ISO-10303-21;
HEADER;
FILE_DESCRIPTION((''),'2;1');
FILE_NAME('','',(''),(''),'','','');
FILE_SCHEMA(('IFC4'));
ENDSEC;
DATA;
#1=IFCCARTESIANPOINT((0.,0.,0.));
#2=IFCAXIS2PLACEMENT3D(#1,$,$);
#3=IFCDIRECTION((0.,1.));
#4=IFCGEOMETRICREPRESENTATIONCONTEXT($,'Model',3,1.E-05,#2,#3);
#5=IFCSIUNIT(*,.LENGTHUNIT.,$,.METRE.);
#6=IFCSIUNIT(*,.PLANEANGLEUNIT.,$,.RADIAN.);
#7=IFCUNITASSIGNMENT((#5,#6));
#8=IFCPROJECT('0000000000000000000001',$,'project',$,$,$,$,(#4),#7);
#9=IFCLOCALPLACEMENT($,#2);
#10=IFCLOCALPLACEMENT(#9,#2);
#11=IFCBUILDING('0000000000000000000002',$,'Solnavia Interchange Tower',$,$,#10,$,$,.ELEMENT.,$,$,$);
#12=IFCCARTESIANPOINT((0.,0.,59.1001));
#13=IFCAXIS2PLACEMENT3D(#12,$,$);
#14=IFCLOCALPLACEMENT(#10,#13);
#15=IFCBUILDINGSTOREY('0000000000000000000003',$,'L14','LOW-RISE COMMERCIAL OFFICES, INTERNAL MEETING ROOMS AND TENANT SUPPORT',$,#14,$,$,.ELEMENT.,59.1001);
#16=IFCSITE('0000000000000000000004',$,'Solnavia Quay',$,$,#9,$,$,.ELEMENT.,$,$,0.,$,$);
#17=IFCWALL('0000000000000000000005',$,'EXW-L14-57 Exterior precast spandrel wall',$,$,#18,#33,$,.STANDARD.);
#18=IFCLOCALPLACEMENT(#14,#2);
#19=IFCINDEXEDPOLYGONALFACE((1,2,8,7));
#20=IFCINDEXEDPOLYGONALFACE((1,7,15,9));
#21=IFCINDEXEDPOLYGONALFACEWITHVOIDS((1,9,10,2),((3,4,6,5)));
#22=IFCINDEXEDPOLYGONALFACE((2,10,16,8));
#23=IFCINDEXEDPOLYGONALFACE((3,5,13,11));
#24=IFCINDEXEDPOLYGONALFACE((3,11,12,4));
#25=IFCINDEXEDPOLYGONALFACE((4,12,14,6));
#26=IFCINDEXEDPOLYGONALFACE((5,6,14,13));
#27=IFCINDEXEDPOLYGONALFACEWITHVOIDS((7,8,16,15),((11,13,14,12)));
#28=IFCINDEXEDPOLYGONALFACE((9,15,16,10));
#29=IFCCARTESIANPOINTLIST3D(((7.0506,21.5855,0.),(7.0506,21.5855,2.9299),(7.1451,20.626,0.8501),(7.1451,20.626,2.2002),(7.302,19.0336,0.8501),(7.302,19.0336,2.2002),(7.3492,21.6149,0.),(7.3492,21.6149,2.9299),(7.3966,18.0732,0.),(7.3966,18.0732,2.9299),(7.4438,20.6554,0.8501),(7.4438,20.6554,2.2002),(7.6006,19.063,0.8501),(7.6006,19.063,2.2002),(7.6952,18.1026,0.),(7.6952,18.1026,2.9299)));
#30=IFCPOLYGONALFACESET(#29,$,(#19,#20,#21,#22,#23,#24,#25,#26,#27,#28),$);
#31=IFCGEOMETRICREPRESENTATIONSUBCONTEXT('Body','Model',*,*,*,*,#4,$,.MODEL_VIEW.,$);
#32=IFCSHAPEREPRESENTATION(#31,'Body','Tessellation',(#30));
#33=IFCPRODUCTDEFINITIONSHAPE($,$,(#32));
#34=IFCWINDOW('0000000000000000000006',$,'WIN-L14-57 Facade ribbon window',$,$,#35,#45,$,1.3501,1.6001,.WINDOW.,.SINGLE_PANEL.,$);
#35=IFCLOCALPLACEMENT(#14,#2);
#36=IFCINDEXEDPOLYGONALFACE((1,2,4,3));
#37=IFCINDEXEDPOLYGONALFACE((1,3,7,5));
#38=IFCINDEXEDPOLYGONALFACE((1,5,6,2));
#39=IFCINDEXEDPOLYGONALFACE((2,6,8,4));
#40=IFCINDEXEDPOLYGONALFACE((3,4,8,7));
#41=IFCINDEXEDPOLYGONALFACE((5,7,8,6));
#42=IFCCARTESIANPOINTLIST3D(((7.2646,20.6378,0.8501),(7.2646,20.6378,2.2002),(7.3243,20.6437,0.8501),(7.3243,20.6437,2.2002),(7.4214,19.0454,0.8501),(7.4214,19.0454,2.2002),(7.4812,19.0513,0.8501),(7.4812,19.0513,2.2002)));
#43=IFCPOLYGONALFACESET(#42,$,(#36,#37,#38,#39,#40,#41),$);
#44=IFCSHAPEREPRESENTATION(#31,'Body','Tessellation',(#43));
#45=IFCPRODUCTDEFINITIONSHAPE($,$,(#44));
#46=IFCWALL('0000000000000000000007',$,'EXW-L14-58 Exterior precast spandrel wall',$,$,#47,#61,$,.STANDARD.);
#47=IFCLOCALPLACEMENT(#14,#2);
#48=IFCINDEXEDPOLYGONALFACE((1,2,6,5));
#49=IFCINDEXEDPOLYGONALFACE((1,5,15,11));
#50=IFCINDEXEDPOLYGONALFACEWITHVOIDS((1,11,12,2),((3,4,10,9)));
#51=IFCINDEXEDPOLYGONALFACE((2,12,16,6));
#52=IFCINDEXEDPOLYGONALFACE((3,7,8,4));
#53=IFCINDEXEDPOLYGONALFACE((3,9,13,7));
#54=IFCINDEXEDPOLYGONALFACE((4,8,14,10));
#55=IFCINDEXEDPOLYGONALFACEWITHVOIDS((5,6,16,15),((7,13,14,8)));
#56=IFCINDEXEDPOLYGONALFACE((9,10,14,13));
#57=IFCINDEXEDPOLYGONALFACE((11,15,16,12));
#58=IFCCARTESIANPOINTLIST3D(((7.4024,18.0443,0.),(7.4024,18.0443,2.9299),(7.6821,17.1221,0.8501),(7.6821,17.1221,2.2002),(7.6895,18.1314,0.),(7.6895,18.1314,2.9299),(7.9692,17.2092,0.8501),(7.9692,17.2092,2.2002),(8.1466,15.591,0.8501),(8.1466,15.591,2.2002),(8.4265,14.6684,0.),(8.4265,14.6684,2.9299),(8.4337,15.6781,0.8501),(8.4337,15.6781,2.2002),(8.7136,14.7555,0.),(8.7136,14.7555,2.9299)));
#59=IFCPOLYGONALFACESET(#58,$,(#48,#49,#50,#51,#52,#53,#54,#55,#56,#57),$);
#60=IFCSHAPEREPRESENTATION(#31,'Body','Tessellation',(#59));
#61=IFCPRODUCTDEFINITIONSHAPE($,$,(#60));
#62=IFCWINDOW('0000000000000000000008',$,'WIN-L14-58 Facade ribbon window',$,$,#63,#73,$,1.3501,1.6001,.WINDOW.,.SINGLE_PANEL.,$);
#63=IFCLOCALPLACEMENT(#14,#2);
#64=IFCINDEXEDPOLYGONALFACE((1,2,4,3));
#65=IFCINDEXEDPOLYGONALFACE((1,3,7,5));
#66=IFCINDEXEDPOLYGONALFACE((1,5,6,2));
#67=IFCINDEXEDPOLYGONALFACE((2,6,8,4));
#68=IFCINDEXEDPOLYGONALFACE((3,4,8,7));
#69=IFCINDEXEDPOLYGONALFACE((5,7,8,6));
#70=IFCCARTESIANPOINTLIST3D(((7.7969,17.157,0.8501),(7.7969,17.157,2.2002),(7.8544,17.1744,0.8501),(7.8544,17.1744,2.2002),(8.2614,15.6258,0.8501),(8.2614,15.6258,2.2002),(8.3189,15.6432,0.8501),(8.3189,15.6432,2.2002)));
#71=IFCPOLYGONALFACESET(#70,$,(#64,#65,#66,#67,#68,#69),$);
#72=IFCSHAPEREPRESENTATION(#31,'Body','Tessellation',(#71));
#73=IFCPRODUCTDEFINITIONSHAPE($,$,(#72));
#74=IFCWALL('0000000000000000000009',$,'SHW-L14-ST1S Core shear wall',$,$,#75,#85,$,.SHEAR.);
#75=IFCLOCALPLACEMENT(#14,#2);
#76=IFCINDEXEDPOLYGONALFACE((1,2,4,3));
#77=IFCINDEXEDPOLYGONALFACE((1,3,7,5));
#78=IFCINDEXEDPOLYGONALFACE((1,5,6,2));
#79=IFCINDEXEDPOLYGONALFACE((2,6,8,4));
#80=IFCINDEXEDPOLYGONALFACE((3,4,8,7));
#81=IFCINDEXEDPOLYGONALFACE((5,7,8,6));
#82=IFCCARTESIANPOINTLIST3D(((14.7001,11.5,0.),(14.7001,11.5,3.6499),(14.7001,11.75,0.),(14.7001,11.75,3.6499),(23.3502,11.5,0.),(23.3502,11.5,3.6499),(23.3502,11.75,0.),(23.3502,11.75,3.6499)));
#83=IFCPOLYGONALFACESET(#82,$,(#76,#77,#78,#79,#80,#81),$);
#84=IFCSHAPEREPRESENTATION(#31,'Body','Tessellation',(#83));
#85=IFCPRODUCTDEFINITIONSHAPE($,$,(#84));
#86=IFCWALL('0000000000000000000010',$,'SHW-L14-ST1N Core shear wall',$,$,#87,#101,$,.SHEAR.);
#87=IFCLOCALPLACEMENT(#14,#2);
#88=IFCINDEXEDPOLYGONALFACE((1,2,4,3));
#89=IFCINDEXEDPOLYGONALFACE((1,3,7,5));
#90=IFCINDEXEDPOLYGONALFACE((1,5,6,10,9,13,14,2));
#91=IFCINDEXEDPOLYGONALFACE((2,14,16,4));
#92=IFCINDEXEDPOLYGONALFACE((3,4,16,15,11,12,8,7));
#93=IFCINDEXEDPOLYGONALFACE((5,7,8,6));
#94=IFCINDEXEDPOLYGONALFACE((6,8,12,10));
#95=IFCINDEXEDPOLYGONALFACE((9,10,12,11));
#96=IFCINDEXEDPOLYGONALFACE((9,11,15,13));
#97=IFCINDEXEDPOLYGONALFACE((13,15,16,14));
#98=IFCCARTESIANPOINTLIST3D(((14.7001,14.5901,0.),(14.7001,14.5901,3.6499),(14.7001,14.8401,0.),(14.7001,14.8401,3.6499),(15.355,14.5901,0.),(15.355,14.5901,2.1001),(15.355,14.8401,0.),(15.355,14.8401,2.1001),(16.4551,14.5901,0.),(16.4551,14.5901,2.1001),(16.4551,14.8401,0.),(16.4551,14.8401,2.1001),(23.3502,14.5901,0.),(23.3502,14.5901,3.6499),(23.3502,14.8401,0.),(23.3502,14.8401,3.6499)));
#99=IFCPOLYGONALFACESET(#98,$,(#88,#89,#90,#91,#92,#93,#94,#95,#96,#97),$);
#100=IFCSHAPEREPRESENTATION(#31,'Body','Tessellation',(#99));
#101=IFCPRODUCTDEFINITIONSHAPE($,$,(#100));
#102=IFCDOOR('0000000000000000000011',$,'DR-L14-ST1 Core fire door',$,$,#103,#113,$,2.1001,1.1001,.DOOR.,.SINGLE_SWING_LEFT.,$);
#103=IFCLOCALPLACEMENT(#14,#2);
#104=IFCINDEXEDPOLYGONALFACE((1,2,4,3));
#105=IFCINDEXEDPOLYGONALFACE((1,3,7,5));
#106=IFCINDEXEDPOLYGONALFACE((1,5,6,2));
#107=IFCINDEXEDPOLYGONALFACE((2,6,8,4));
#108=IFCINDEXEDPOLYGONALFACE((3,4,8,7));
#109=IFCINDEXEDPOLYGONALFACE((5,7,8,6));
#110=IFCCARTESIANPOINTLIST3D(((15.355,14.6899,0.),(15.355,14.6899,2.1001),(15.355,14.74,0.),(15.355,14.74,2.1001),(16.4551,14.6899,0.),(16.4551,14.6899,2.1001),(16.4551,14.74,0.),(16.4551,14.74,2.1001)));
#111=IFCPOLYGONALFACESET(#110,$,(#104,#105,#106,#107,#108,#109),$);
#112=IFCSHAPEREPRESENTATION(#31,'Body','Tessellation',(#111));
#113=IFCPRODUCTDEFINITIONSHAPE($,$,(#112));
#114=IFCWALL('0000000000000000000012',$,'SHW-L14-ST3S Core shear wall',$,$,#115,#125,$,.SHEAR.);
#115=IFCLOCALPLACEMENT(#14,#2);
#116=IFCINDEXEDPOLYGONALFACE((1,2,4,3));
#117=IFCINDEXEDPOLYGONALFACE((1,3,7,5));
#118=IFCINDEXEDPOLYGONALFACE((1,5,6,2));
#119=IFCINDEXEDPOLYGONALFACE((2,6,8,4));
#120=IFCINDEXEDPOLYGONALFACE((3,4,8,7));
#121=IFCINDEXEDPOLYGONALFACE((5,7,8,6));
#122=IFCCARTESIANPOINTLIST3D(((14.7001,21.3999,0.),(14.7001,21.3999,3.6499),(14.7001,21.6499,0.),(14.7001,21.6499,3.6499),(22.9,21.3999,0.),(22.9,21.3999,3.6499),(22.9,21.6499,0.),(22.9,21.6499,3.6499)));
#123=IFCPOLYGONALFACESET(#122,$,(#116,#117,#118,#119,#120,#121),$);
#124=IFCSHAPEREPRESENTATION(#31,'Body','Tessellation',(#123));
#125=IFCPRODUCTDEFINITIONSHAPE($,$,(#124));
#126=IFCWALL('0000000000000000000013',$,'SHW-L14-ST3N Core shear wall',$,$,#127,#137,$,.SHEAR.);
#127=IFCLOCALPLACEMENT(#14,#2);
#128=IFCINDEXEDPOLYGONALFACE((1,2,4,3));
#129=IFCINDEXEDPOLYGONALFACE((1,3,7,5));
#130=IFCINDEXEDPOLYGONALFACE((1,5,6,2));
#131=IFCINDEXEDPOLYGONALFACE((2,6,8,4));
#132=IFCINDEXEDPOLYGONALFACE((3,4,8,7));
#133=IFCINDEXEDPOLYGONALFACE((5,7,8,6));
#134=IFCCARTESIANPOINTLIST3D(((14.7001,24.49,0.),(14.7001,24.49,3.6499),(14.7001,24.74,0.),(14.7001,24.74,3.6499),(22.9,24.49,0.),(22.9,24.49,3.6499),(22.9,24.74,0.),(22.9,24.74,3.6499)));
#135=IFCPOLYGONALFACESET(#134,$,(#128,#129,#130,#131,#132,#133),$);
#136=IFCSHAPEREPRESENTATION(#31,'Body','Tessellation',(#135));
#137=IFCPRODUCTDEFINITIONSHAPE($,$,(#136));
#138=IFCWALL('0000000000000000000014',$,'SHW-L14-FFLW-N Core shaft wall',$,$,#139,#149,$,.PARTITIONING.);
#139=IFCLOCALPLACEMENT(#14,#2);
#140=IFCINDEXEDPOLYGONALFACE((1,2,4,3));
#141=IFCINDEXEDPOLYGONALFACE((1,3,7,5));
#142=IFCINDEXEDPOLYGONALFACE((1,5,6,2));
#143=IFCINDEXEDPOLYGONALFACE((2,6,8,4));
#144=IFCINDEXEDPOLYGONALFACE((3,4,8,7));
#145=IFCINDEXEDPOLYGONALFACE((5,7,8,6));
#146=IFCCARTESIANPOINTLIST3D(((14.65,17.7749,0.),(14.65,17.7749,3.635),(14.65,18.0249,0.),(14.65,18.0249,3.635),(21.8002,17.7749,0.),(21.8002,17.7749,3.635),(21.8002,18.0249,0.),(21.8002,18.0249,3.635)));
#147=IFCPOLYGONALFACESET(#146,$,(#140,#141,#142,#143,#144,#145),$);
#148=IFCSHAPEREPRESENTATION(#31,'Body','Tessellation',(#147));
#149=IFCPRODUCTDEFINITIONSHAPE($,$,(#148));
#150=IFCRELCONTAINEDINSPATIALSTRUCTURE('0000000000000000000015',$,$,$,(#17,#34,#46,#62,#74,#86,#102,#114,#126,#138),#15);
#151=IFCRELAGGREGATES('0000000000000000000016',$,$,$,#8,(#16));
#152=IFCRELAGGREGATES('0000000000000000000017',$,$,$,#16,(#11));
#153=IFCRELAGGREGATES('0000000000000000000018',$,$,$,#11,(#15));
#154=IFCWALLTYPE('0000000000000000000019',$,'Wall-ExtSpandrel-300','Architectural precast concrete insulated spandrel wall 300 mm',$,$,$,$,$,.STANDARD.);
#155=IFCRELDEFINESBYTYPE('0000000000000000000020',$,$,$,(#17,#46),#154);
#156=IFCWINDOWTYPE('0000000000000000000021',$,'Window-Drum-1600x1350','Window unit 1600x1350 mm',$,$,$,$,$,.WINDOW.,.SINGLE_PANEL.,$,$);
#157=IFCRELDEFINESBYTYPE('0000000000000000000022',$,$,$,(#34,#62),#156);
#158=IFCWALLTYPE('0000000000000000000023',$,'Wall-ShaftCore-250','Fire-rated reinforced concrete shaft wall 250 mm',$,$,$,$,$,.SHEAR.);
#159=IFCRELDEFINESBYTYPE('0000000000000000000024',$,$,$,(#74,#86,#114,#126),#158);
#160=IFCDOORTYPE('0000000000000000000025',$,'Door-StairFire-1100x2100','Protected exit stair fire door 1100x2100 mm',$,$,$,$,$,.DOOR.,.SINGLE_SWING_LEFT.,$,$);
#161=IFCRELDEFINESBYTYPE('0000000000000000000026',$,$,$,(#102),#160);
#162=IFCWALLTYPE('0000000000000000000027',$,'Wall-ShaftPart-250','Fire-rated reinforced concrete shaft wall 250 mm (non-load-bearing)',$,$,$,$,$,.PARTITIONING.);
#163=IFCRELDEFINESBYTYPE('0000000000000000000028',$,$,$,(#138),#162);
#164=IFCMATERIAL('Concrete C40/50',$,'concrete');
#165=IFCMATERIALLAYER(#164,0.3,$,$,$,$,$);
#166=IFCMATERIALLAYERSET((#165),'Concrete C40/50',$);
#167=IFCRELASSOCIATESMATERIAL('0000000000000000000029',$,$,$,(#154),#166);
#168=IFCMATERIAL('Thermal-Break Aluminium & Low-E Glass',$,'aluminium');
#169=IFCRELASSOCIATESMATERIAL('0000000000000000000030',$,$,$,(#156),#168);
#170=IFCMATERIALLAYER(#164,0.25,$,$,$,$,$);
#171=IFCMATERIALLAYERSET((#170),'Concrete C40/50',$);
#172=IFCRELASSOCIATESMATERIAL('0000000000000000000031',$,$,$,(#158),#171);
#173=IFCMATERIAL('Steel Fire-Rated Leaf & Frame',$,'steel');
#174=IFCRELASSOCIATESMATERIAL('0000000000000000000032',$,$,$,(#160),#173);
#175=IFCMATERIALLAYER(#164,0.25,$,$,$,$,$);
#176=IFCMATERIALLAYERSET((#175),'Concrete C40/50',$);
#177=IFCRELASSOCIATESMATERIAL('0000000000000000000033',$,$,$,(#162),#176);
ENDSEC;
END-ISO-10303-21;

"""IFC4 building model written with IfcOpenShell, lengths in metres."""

from ifc_helpers import new_model, si_unit, direction, frame, frame_2d, origin, place, context, subcontext, project, spatial, rectangle, extrude, material, layer, layer_set, type_object, element, fill, save


model = new_model("IFC4")

# Units and contexts
model_context = context("Model", 3, precision=1e-05, world=origin(), true_north=direction((0.0, 1.0)))
body_context = subcontext(model_context, "Body", "Model", "MODEL_VIEW")
ifc_project = project(units=[si_unit("LENGTHUNIT", "METRE"), si_unit("PLANEANGLEUNIT", "RADIAN")], contexts=[model_context])

# Site, building, storey
site_placement = place(None, origin())
site = spatial("IfcSite", under=ifc_project, at=site_placement, Name="Solnavia Quay", CompositionType="ELEMENT", RefElevation=0.0)
building_placement = place(site_placement, origin())
building = spatial("IfcBuilding", under=site, at=building_placement, Name="Solnavia Interchange Tower", CompositionType="ELEMENT")
storey_placement = place(building_placement, frame((0.0, 0.0, 59.1001)))
storey = spatial("IfcBuildingStorey", under=building, at=storey_placement, Name="L14", Description="LOW-RISE COMMERCIAL OFFICES, INTERNAL MEETING ROOMS AND TENANT SUPPORT", CompositionType="ELEMENT", Elevation=59.1001)

# Shared definitions
ifc_material_1 = material(Name="Concrete C40/50", Category="concrete")
ifc_layer_1 = layer(ifc_material_1, 0.3)
ifc_layer_set_1 = layer_set([ifc_layer_1], Name="Concrete C40/50")
wall_type_1 = type_object("IfcWallType", Name="Wall-ExtSpandrel-300", Description="Architectural precast concrete insulated spandrel wall 300 mm", PredefinedType="STANDARD", material=ifc_layer_set_1)

# Walls, openings, windows
wall_1_placement = place(storey_placement, frame((7.5459, 18.0879, 0.0), z_axis=(0.0, 0.0, 1.0), x_axis=(-0.098024, 0.995184, 0.0)))
wall_1 = element("IfcWall", 1, at=wall_1_placement, inside=storey, type_object=wall_type_1, Name="EXW-L14-57 Exterior precast spandrel wall", PredefinedType="STANDARD", context=body_context, shape_type="SweptSolid", body=[
    extrude(rectangle(XDim=3.5293, YDim=0.3, at=frame_2d((1.7646, 0.0))), origin(), (0.0, 0.0, 1.0), 2.9299),
])
opening_1_placement = place(wall_1_placement, frame((0.9651, 0.0, 0.8501)))
opening_1 = element("IfcOpeningElement", 2, at=opening_1_placement, cuts=wall_1, PredefinedType="OPENING", context=body_context, shape_type="SweptSolid", body=[
    extrude(rectangle(XDim=1.6001, YDim=1.3501, at=frame_2d((0.8, 0.675))), frame((0.0, 0.1602, 0.0), z_axis=(0.0, -1.0, 0.0), x_axis=(1.0, 0.0, 0.0)), (0.0, 0.0, 1.0), 0.3201),
])
ifc_material_2 = material(Name="Thermal-Break Aluminium & Low-E Glass", Category="aluminium")
window_type = type_object("IfcWindowType", Name="Window-Drum-1600x1350", Description="Window unit 1600x1350 mm", PartitioningType="SINGLE_PANEL", PredefinedType="WINDOW", material=ifc_material_2)
window_1_placement = place(opening_1_placement, origin())
window_1 = element("IfcWindow", 3, at=window_1_placement, inside=storey, type_object=window_type, Name="WIN-L14-57 Facade ribbon window", OverallHeight=1.3501, OverallWidth=1.6001, PartitioningType="SINGLE_PANEL", PredefinedType="WINDOW", context=body_context, shape_type="SweptSolid", body=[
    extrude(rectangle(XDim=1.6001, YDim=1.3501, at=frame_2d((0.8, 0.675))), frame((0.0, 0.03, 0.0), z_axis=(0.0, -1.0, 0.0), x_axis=(1.0, 0.0, 0.0)), (0.0, 0.0, 1.0), 0.0601),
])
fill(opening_1, window_1)
wall_2_placement = place(storey_placement, frame((8.5701, 14.7119, 0.0), z_axis=(0.0, 0.0, 1.0), x_axis=(-0.290305, 0.956934, 0.0)))
wall_2 = element("IfcWall", 4, at=wall_2_placement, inside=storey, type_object=wall_type_1, Name="EXW-L14-58 Exterior precast spandrel wall", PredefinedType="STANDARD", context=body_context, shape_type="SweptSolid", body=[
    extrude(rectangle(XDim=3.5278, YDim=0.3, at=frame_2d((1.7639, 0.0))), origin(), (0.0, 0.0, 1.0), 2.9299),
])
opening_2_placement = place(wall_2_placement, frame((0.9641, 0.0, 0.8501)))
opening_2 = element("IfcOpeningElement", 5, at=opening_2_placement, cuts=wall_2, PredefinedType="OPENING", context=body_context, shape_type="SweptSolid", body=[
    extrude(rectangle(XDim=1.6001, YDim=1.3501, at=frame_2d((0.8, 0.675))), frame((0.0, 0.1602, 0.0), z_axis=(0.0, -1.0, 0.0), x_axis=(1.0, 0.0, 0.0)), (0.0, 0.0, 1.0), 0.3201),
])
window_2_placement = place(opening_2_placement, origin())
window_2 = element("IfcWindow", 6, at=window_2_placement, inside=storey, type_object=window_type, Name="WIN-L14-58 Facade ribbon window", OverallHeight=1.3501, OverallWidth=1.6001, PartitioningType="SINGLE_PANEL", PredefinedType="WINDOW", context=body_context, shape_type="SweptSolid", body=[
    extrude(rectangle(XDim=1.6001, YDim=1.3501, at=frame_2d((0.8, 0.675))), frame((0.0, 0.03, 0.0), z_axis=(0.0, -1.0, 0.0), x_axis=(1.0, 0.0, 0.0)), (0.0, 0.0, 1.0), 0.0601),
])
fill(opening_2, window_2)

# Wall
ifc_layer_2 = layer(ifc_material_1, 0.25)
ifc_layer_set_2 = layer_set([ifc_layer_2], Name="Concrete C40/50")
wall_type_2 = type_object("IfcWallType", Name="Wall-ShaftCore-250", Description="Fire-rated reinforced concrete shaft wall 250 mm", PredefinedType="SHEAR", material=ifc_layer_set_2)
wall_3_placement = place(storey_placement, frame((14.7, 11.625, 0.0), z_axis=(0.0, 0.0, 1.0), x_axis=(1.0, 0.0, 0.0)))
element("IfcWall", 7, at=wall_3_placement, inside=storey, type_object=wall_type_2, Name="SHW-L14-ST1S Core shear wall", PredefinedType="SHEAR", context=body_context, shape_type="SweptSolid", body=[
    extrude(rectangle(XDim=8.6501, YDim=0.25, at=frame_2d((4.3252, 0.0))), origin(), (0.0, 0.0, 1.0), 3.6499),
])

# Wall, opening, door
wall_4_placement = place(storey_placement, frame((14.7, 14.7151, 0.0), z_axis=(0.0, 0.0, 1.0), x_axis=(1.0, 0.0, 0.0)))
wall_4 = element("IfcWall", 8, at=wall_4_placement, inside=storey, type_object=wall_type_2, Name="SHW-L14-ST1N Core shear wall", PredefinedType="SHEAR", context=body_context, shape_type="SweptSolid", body=[
    extrude(rectangle(XDim=8.6501, YDim=0.25, at=frame_2d((4.3252, 0.0))), origin(), (0.0, 0.0, 1.0), 3.6499),
])
opening_3_placement = place(wall_4_placement, frame((0.655, 0.0, 0.0)))
opening_3 = element("IfcOpeningElement", 9, at=opening_3_placement, cuts=wall_4, PredefinedType="OPENING", context=body_context, shape_type="SweptSolid", body=[
    extrude(rectangle(XDim=1.1001, YDim=2.1001, at=frame_2d((0.55, 1.05))), frame((0.0, 0.135, 0.0), z_axis=(0.0, -1.0, 0.0), x_axis=(1.0, 0.0, 0.0)), (0.0, 0.0, 1.0), 0.27),
])
ifc_material_3 = material(Name="Steel Fire-Rated Leaf & Frame", Category="steel")
door_type_1 = type_object("IfcDoorType", Name="Door-StairFire-1100x2100", Description="Protected exit stair fire door 1100x2100 mm", OperationType="SINGLE_SWING_LEFT", PredefinedType="DOOR", material=ifc_material_3)
door_1_placement = place(opening_3_placement, origin())
door_1 = element("IfcDoor", 10, at=door_1_placement, inside=storey, type_object=door_type_1, Name="DR-L14-ST1 Core fire door", OperationType="SINGLE_SWING_LEFT", OverallHeight=2.1001, OverallWidth=1.1001, PredefinedType="DOOR", context=body_context, shape_type="SweptSolid", body=[
    extrude(rectangle(XDim=1.1001, YDim=2.1001, at=frame_2d((0.55, 1.05))), frame((0.0, 0.0249, 0.0), z_axis=(0.0, -1.0, 0.0), x_axis=(1.0, 0.0, 0.0)), (0.0, 0.0, 1.0), 0.05),
])
fill(opening_3, door_1)

# Walls
for number, where, z_axis, x_axis, name in (
    (11, (14.7, 21.5249, 0.0), (0.0, 0.0, 1.0), (1.0, 0.0, 0.0), "SHW-L14-ST3S Core shear wall"),
    (12, (14.7, 24.615, 0.0), (0.0, 0.0, 1.0), (1.0, 0.0, 0.0), "SHW-L14-ST3N Core shear wall"),
):
    element("IfcWall", number, at=place(storey_placement, frame(where, z_axis=z_axis, x_axis=x_axis)), inside=storey, type_object=wall_type_2, Name=name, PredefinedType="SHEAR", context=body_context, shape_type="SweptSolid", body=[
        extrude(rectangle(XDim=8.2, YDim=0.25, at=frame_2d((4.1001, 0.0))), origin(), (0.0, 0.0, 1.0), 3.6499),
    ])
ifc_layer_3 = layer(ifc_material_1, 0.25)
ifc_layer_set_3 = layer_set([ifc_layer_3], Name="Concrete C40/50")
wall_type_3 = type_object("IfcWallType", Name="Wall-ShaftPart-250", Description="Fire-rated reinforced concrete shaft wall 250 mm (non-load-bearing)", PredefinedType="PARTITIONING", material=ifc_layer_set_3)
wall_5_placement = place(storey_placement, frame((14.6499, 17.8999, 0.0), z_axis=(0.0, 0.0, 1.0), x_axis=(1.0, 0.0, 0.0)))
element("IfcWall", 13, at=wall_5_placement, inside=storey, type_object=wall_type_3, Name="SHW-L14-FFLW-N Core shaft wall", PredefinedType="PARTITIONING", context=body_context, shape_type="SweptSolid", body=[
    extrude(rectangle(XDim=7.1501, YDim=0.25, at=frame_2d((3.5752, 0.0))), origin(), (0.0, 0.0, 1.0), 3.635),
])

save(model, "model.ifc")
